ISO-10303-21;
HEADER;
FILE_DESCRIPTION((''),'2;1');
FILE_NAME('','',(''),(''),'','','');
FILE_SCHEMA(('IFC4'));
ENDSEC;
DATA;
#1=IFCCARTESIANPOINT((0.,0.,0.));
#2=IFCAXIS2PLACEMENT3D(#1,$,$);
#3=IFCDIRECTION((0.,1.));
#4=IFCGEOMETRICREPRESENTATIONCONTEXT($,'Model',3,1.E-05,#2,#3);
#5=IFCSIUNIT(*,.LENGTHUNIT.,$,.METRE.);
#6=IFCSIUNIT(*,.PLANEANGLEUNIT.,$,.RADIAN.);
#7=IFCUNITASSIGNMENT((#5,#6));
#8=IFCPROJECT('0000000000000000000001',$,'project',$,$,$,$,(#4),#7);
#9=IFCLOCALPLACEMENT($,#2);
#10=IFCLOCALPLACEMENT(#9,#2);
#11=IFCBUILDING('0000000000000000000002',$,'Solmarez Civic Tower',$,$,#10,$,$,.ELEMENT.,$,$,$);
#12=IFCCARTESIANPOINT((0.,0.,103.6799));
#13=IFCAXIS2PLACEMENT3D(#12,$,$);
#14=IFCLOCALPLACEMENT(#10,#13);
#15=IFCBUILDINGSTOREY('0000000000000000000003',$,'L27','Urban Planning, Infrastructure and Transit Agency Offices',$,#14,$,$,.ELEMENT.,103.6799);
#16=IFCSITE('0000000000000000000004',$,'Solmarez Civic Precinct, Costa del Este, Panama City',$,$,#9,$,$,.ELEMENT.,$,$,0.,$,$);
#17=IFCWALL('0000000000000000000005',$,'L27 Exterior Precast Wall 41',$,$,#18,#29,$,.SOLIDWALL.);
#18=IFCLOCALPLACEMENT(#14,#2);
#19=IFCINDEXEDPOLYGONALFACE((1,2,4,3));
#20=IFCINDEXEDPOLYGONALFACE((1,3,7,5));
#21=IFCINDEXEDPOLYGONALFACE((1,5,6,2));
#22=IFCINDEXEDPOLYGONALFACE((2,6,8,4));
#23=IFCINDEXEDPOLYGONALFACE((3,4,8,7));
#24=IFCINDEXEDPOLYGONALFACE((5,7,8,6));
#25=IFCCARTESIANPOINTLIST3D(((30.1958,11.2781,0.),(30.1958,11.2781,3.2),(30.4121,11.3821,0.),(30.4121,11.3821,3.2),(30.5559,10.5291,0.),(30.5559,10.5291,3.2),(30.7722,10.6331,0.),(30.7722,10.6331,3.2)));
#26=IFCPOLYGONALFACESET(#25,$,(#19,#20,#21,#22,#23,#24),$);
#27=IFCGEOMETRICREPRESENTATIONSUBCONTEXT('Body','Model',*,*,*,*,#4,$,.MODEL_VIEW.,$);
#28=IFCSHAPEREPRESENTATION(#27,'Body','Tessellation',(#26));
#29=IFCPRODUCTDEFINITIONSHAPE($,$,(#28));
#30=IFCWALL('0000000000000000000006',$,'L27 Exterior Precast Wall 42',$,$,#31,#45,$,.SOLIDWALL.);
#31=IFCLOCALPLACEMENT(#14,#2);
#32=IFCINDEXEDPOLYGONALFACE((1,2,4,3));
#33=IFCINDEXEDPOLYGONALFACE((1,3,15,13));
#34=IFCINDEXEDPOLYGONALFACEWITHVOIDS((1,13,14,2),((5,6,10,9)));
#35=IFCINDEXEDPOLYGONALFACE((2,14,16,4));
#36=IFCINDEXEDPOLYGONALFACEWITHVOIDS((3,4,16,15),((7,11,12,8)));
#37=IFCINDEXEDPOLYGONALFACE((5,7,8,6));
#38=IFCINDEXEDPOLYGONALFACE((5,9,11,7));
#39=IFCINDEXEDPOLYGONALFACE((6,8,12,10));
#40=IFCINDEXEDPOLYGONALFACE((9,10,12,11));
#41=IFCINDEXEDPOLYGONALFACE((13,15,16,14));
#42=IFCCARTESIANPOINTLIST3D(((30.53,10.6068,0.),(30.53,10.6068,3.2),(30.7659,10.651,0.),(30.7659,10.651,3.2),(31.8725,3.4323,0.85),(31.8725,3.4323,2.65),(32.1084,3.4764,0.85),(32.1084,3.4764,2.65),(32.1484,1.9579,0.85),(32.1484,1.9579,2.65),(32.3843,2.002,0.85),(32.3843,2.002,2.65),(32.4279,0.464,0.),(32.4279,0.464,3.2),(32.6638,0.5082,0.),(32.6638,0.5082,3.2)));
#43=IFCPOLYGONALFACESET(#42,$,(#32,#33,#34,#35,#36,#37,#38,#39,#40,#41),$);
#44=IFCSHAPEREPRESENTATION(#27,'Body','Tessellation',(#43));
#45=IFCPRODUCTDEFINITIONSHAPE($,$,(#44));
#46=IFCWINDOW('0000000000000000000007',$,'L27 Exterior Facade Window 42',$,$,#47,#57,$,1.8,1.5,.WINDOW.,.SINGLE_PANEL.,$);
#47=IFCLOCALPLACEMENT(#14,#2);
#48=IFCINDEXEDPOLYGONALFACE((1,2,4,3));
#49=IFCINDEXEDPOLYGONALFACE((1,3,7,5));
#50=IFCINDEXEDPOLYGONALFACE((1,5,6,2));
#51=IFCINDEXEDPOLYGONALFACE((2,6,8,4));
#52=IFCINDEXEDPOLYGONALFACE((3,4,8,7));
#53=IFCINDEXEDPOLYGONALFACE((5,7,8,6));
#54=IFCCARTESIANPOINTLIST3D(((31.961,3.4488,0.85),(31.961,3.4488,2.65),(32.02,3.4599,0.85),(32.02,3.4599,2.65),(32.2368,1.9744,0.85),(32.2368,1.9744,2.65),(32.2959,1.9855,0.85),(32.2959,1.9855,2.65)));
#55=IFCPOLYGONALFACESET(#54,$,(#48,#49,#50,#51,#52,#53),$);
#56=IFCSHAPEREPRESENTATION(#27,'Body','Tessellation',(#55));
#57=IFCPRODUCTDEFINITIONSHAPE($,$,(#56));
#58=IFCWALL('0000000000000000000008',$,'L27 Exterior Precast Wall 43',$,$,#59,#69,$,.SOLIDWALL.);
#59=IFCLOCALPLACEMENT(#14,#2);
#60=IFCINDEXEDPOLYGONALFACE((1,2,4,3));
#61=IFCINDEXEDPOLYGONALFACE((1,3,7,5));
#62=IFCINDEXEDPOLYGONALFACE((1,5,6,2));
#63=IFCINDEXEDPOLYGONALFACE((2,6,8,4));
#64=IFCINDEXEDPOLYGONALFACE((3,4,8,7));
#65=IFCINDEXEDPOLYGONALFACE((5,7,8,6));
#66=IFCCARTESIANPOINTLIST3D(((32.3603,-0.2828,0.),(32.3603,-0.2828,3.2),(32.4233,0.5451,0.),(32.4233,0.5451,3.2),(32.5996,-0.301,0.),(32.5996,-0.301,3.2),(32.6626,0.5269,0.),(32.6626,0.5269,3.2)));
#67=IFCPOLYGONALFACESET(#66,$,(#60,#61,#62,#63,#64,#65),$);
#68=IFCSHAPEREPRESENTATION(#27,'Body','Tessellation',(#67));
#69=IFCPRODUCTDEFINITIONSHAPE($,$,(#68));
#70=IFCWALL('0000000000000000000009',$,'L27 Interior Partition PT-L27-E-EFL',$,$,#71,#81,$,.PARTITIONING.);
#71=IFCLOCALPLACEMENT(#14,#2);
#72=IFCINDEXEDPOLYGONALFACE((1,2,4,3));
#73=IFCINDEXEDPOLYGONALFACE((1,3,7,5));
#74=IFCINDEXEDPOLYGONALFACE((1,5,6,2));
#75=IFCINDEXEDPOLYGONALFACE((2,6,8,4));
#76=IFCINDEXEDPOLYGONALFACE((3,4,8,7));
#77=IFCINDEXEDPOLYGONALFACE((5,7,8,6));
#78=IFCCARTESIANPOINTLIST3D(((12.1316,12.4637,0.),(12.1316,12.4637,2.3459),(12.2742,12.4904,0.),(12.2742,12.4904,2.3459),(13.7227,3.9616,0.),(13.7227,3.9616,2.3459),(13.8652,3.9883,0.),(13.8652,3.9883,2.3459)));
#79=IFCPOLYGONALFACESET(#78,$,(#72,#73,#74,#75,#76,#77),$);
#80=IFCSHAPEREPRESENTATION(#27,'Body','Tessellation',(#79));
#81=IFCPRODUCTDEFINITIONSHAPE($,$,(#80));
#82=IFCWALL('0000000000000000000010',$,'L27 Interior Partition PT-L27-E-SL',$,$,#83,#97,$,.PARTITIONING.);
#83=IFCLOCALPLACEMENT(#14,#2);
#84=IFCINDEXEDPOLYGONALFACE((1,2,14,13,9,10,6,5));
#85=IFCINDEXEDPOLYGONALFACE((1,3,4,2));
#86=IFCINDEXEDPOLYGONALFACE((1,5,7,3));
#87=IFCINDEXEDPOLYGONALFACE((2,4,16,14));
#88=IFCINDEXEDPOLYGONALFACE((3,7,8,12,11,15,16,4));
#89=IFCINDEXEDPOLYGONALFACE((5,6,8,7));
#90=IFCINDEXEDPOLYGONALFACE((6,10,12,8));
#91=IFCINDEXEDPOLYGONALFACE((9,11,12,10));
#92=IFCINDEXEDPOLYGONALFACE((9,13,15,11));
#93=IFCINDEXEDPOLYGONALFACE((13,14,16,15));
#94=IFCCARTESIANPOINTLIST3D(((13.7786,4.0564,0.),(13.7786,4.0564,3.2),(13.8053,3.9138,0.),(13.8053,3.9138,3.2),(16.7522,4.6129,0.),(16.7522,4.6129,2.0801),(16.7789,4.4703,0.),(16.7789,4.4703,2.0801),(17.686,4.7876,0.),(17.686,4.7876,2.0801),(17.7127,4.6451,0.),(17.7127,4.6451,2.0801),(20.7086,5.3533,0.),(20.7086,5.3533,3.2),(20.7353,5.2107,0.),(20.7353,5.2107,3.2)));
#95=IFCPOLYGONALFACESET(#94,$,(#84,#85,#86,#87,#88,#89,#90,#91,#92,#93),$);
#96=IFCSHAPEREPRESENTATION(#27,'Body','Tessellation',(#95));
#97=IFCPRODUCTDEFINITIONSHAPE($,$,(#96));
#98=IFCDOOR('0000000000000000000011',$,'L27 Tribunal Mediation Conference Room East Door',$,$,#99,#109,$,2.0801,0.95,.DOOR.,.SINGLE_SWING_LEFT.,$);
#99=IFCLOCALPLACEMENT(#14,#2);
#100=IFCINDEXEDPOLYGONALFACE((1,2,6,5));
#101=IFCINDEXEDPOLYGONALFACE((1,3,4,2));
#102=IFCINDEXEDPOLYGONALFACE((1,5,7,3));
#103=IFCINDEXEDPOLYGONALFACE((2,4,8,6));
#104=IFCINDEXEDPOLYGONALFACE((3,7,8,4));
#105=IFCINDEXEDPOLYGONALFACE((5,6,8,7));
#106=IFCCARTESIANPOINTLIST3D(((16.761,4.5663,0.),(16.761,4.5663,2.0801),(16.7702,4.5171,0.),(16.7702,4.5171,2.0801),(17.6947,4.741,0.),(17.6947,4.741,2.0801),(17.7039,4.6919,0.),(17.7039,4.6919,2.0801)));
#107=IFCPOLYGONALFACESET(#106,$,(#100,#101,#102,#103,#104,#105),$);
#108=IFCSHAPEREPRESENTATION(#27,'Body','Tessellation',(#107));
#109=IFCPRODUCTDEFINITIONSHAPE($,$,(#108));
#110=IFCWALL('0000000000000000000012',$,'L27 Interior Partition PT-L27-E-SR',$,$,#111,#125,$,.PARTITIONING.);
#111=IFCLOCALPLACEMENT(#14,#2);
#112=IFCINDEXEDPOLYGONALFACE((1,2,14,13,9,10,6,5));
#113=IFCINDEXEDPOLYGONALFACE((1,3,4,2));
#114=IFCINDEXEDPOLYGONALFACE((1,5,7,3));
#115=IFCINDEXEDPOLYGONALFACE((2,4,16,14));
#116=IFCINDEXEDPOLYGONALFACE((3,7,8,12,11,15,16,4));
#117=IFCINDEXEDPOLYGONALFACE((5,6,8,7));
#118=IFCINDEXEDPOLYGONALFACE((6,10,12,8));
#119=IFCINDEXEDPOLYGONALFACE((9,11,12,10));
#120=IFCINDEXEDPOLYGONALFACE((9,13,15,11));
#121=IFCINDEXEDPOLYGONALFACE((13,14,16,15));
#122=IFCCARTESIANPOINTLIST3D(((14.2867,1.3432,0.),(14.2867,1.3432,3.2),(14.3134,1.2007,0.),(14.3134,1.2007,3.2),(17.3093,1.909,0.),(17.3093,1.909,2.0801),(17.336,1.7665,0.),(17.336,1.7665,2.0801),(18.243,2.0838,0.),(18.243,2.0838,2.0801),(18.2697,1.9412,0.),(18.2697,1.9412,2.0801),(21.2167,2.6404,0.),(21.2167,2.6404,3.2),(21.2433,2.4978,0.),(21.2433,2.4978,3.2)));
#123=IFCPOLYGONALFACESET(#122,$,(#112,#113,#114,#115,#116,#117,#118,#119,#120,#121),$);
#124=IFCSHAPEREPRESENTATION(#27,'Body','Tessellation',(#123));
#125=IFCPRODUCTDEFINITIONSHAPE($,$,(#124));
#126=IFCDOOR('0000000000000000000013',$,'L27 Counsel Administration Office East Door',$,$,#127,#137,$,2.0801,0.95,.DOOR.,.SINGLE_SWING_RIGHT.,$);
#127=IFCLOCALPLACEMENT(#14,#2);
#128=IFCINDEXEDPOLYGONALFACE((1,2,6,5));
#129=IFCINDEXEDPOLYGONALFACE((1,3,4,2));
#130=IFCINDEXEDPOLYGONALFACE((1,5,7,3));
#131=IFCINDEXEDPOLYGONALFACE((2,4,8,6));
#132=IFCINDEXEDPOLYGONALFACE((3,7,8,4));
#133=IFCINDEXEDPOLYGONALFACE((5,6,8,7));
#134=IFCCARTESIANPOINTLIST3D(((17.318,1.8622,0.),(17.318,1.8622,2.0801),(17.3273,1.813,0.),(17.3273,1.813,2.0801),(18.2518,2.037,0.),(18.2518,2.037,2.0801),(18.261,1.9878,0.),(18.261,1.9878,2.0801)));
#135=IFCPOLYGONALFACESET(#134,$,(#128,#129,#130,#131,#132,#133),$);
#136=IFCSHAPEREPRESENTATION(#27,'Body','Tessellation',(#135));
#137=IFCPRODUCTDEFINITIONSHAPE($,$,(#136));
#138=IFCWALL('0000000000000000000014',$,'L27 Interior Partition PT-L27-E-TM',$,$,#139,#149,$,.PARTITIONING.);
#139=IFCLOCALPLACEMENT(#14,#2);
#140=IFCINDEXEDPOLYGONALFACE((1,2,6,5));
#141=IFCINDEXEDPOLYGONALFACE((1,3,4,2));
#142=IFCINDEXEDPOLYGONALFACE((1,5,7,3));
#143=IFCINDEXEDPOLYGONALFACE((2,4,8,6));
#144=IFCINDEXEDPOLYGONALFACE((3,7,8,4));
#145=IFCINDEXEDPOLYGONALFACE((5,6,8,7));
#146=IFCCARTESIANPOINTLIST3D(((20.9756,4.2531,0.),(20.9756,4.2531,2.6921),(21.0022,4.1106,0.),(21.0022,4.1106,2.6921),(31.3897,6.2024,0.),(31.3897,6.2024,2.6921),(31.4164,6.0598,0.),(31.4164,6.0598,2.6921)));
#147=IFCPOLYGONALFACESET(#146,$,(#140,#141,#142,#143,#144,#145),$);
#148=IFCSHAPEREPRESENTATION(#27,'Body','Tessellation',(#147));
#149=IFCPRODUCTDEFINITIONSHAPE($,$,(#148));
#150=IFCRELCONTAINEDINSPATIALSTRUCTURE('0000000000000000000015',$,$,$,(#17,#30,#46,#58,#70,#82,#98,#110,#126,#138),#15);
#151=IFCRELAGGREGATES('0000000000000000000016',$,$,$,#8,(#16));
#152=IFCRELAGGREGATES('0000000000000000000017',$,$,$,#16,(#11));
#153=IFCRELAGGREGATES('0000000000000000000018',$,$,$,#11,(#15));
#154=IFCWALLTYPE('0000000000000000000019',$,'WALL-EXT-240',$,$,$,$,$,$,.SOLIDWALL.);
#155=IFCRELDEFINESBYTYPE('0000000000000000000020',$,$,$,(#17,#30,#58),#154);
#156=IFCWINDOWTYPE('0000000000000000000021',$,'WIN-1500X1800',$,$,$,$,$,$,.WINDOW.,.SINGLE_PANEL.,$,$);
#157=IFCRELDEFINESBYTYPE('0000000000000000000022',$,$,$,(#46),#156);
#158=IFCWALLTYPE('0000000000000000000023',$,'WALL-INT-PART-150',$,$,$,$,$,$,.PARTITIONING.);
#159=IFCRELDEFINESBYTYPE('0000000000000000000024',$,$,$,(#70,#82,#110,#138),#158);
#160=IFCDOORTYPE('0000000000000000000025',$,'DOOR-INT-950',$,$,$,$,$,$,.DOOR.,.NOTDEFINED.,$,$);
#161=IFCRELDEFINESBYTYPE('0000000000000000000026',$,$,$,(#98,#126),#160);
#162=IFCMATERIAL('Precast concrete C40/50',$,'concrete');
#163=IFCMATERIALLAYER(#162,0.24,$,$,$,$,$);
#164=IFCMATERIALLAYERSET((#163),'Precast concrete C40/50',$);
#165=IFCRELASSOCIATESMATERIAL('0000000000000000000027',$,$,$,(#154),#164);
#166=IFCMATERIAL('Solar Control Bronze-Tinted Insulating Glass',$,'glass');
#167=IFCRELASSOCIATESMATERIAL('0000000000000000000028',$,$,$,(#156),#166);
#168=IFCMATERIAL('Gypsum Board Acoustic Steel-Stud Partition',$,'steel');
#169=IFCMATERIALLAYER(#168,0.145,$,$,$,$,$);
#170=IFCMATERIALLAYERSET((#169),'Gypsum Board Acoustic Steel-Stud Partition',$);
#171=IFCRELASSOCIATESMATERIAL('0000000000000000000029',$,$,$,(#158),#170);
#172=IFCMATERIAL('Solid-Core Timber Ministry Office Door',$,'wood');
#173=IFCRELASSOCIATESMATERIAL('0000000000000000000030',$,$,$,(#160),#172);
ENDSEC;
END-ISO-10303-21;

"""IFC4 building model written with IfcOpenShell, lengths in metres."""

from ifc_helpers import new_model, si_unit, direction, frame, frame_2d, origin, place, context, subcontext, project, spatial, rectangle, extrude, material, layer, layer_set, type_object, element, fill, save


model = new_model("IFC4")

# Units and contexts
model_context = context("Model", 3, precision=1e-05, world=origin(), true_north=direction((0.0, 1.0)))
body_context = subcontext(model_context, "Body", "Model", "MODEL_VIEW")
ifc_project = project(units=[si_unit("LENGTHUNIT", "METRE"), si_unit("PLANEANGLEUNIT", "RADIAN")], contexts=[model_context])

# Site, building, storey
site_placement = place(None, origin())
site = spatial("IfcSite", under=ifc_project, at=site_placement, Name="Solmarez Civic Precinct, Costa del Este, Panama City", CompositionType="ELEMENT", RefElevation=0.0)
building_placement = place(site_placement, origin())
building = spatial("IfcBuilding", under=site, at=building_placement, Name="Solmarez Civic Tower", CompositionType="ELEMENT")
storey_placement = place(building_placement, frame((0.0, 0.0, 103.6799)))
storey = spatial("IfcBuildingStorey", under=building, at=storey_placement, Name="L27", Description="Urban Planning, Infrastructure and Transit Agency Offices", CompositionType="ELEMENT", Elevation=103.6799)

# Shared definitions
ifc_material_1 = material(Name="Precast concrete C40/50", Category="concrete")
ifc_layer_1 = layer(ifc_material_1, 0.24)
ifc_layer_set_1 = layer_set([ifc_layer_1], Name="Precast concrete C40/50")
wall_type_1 = type_object("IfcWallType", Name="WALL-EXT-240", PredefinedType="SOLIDWALL", material=ifc_layer_set_1)

# Shared definitions
ifc_material_2 = material(Name="Solar Control Bronze-Tinted Insulating Glass", Category="glass")

# Wall
wall_1_placement = place(storey_placement, frame((30.304, 11.3301, 0.0), z_axis=(0.0, 0.0, 1.0), x_axis=(0.433294, -0.901252, 0.0)))
element("IfcWall", 1, at=wall_1_placement, inside=storey, type_object=wall_type_1, Name="L27 Exterior Precast Wall 41", PredefinedType="SOLIDWALL", context=body_context, shape_type="SweptSolid", body=[
    extrude(rectangle(XDim=0.8311, YDim=0.24, at=frame_2d((0.4155, 0.0))), origin(), (0.0, 0.0, 1.0), 3.2),
])

# Wall, opening, window
wall_2_placement = place(storey_placement, frame((30.6479, 10.6289, 0.0), z_axis=(0.0, 0.0, 1.0), x_axis=(0.18393, -0.982939, 0.0)))
wall_2 = element("IfcWall", 2, at=wall_2_placement, inside=storey, type_object=wall_type_1, Name="L27 Exterior Precast Wall 42", PredefinedType="SOLIDWALL", context=body_context, shape_type="SweptSolid", body=[
    extrude(rectangle(XDim=10.3188, YDim=0.24, at=frame_2d((5.1594, 0.0))), origin(), (0.0, 0.0, 1.0), 3.2),
])
opening_1_placement = place(wall_2_placement, frame((7.2991, 0.0, 0.8501)))
opening_1 = element("IfcOpeningElement", 3, at=opening_1_placement, cuts=wall_2, PredefinedType="OPENING", context=body_context, shape_type="SweptSolid", body=[
    extrude(rectangle(XDim=1.5, YDim=1.8, at=frame_2d((0.75, 0.8999))), frame((0.0, 0.1299, 0.0), z_axis=(0.0, -1.0, 0.0), x_axis=(1.0, 0.0, 0.0)), (0.0, 0.0, 1.0), 0.26),
])
window_type_1 = type_object("IfcWindowType", Name="WIN-1500X1800", PartitioningType="SINGLE_PANEL", PredefinedType="WINDOW", material=ifc_material_2)
window_1_placement = place(opening_1_placement, origin())
window_1 = element("IfcWindow", 4, at=window_1_placement, inside=storey, type_object=window_type_1, Name="L27 Exterior Facade Window 42", OverallHeight=1.8, OverallWidth=1.5, PartitioningType="SINGLE_PANEL", PredefinedType="WINDOW", context=body_context, shape_type="SweptSolid", body=[
    extrude(rectangle(XDim=1.5, YDim=1.8, at=frame_2d((0.75, 0.8999))), frame((0.0, 0.03, 0.0), z_axis=(0.0, -1.0, 0.0), x_axis=(1.0, 0.0, 0.0)), (0.0, 0.0, 1.0), 0.0601),
])
fill(opening_1, window_1)

# Walls
wall_3_placement = place(storey_placement, frame((32.543, 0.5359, 0.0), z_axis=(0.0, 0.0, 1.0), x_axis=(-0.075864, -0.997118, 0.0)))
element("IfcWall", 5, at=wall_3_placement, inside=storey, type_object=wall_type_1, Name="L27 Exterior Precast Wall 43", PredefinedType="SOLIDWALL", context=body_context, shape_type="SweptSolid", body=[
    extrude(rectangle(XDim=0.8303, YDim=0.24, at=frame_2d((0.415, 0.0))), origin(), (0.0, 0.0, 1.0), 3.2),
])
ifc_material_3 = material(Name="Gypsum Board Acoustic Steel-Stud Partition", Category="steel")
ifc_layer_2 = layer(ifc_material_3, 0.145)
ifc_layer_set_2 = layer_set([ifc_layer_2], Name="Gypsum Board Acoustic Steel-Stud Partition")
wall_type_2 = type_object("IfcWallType", Name="WALL-INT-PART-150", PredefinedType="PARTITIONING", material=ifc_layer_set_2)
wall_4_placement = place(storey_placement, frame((13.7939, 3.9751, 0.0), z_axis=(0.0, 0.0, 1.0), x_axis=(-0.183948, 0.982936, 0.0)))
element("IfcWall", 6, at=wall_4_placement, inside=storey, type_object=wall_type_2, Name="L27 Interior Partition PT-L27-E-EFL", PredefinedType="PARTITIONING", context=body_context, shape_type="SweptSolid", body=[
    extrude(rectangle(XDim=8.6497, YDim=0.145, at=frame_2d((4.3247, 0.0))), origin(), (0.0, 0.0, 1.0), 2.3459),
])

# Walls, openings, doors
wall_5_placement = place(storey_placement, frame((20.7219, 5.282, 0.0), z_axis=(0.0, 0.0, 1.0), x_axis=(-0.982936, -0.183948, 0.0)))
wall_5 = element("IfcWall", 7, at=wall_5_placement, inside=storey, type_object=wall_type_2, Name="L27 Interior Partition PT-L27-E-SL", PredefinedType="PARTITIONING", context=body_context, shape_type="SweptSolid", body=[
    extrude(rectangle(XDim=7.0503, YDim=0.145, at=frame_2d((3.5251, 0.0))), origin(), (0.0, 0.0, 1.0), 3.2),
])
opening_2_placement = place(wall_5_placement, frame((3.075, 0.0, 0.0)))
opening_2 = element("IfcOpeningElement", 8, at=opening_2_placement, cuts=wall_5, PredefinedType="OPENING", context=body_context, shape_type="SweptSolid", body=[
    extrude(rectangle(XDim=0.95, YDim=2.0801, at=frame_2d((0.4751, 1.04))), frame((0.0, 0.0825, 0.0), z_axis=(0.0, -1.0, 0.0), x_axis=(1.0, 0.0, 0.0)), (0.0, 0.0, 1.0), 0.165),
])
ifc_material_4 = material(Name="Solid-Core Timber Ministry Office Door", Category="wood")
door_type_1 = type_object("IfcDoorType", Name="DOOR-INT-950", OperationType="NOTDEFINED", PredefinedType="DOOR", material=ifc_material_4)
door_1_placement = place(opening_2_placement, origin())
door_1 = element("IfcDoor", 9, at=door_1_placement, inside=storey, type_object=door_type_1, Name="L27 Tribunal Mediation Conference Room East Door", OperationType="SINGLE_SWING_LEFT", OverallHeight=2.0801, OverallWidth=0.95, PredefinedType="DOOR", context=body_context, shape_type="SweptSolid", body=[
    extrude(rectangle(XDim=0.95, YDim=2.0801, at=frame_2d((0.4751, 1.04))), frame((0.0, 0.0249, 0.0), z_axis=(0.0, -1.0, 0.0), x_axis=(1.0, 0.0, 0.0)), (0.0, 0.0, 1.0), 0.05),
])
fill(opening_2, door_1)
wall_6_placement = place(storey_placement, frame((14.3, 1.272, 0.0), z_axis=(0.0, 0.0, 1.0), x_axis=(0.98293, 0.183981, 0.0)))
wall_6 = element("IfcWall", 10, at=wall_6_placement, inside=storey, type_object=wall_type_2, Name="L27 Interior Partition PT-L27-E-SR", PredefinedType="PARTITIONING", context=body_context, shape_type="SweptSolid", body=[
    extrude(rectangle(XDim=7.0503, YDim=0.145, at=frame_2d((3.5251, 0.0))), origin(), (0.0, 0.0, 1.0), 3.2),
])
opening_3_placement = place(wall_6_placement, frame((3.075, 0.0, 0.0)))
opening_3 = element("IfcOpeningElement", 11, at=opening_3_placement, cuts=wall_6, PredefinedType="OPENING", context=body_context, shape_type="SweptSolid", body=[
    extrude(rectangle(XDim=0.95, YDim=2.0801, at=frame_2d((0.4751, 1.04))), frame((0.0, 0.0825, 0.0), z_axis=(0.0, -1.0, 0.0), x_axis=(1.0, 0.0, 0.0)), (0.0, 0.0, 1.0), 0.165),
])
door_2_placement = place(opening_3_placement, origin())
door_2 = element("IfcDoor", 12, at=door_2_placement, inside=storey, type_object=door_type_1, Name="L27 Counsel Administration Office East Door", OperationType="SINGLE_SWING_RIGHT", OverallHeight=2.0801, OverallWidth=0.95, PredefinedType="DOOR", context=body_context, shape_type="SweptSolid", body=[
    extrude(rectangle(XDim=0.95, YDim=2.0801, at=frame_2d((0.4751, 1.04))), frame((0.0, 0.0249, 0.0), z_axis=(0.0, -1.0, 0.0), x_axis=(1.0, 0.0, 0.0)), (0.0, 0.0, 1.0), 0.05),
])
fill(opening_3, door_2)

# Wall
wall_7_placement = place(storey_placement, frame((20.989, 4.1819, 0.0), z_axis=(0.0, 0.0, 1.0), x_axis=(0.982931, 0.183977, 0.0)))
element("IfcWall", 13, at=wall_7_placement, inside=storey, type_object=wall_type_2, Name="L27 Interior Partition PT-L27-E-TM", PredefinedType="PARTITIONING", context=body_context, shape_type="SweptSolid", body=[
    extrude(rectangle(XDim=10.595, YDim=0.145, at=frame_2d((5.2974, 0.0))), origin(), (0.0, 0.0, 1.0), 2.6921),
])

save(model, "model.ifc")
